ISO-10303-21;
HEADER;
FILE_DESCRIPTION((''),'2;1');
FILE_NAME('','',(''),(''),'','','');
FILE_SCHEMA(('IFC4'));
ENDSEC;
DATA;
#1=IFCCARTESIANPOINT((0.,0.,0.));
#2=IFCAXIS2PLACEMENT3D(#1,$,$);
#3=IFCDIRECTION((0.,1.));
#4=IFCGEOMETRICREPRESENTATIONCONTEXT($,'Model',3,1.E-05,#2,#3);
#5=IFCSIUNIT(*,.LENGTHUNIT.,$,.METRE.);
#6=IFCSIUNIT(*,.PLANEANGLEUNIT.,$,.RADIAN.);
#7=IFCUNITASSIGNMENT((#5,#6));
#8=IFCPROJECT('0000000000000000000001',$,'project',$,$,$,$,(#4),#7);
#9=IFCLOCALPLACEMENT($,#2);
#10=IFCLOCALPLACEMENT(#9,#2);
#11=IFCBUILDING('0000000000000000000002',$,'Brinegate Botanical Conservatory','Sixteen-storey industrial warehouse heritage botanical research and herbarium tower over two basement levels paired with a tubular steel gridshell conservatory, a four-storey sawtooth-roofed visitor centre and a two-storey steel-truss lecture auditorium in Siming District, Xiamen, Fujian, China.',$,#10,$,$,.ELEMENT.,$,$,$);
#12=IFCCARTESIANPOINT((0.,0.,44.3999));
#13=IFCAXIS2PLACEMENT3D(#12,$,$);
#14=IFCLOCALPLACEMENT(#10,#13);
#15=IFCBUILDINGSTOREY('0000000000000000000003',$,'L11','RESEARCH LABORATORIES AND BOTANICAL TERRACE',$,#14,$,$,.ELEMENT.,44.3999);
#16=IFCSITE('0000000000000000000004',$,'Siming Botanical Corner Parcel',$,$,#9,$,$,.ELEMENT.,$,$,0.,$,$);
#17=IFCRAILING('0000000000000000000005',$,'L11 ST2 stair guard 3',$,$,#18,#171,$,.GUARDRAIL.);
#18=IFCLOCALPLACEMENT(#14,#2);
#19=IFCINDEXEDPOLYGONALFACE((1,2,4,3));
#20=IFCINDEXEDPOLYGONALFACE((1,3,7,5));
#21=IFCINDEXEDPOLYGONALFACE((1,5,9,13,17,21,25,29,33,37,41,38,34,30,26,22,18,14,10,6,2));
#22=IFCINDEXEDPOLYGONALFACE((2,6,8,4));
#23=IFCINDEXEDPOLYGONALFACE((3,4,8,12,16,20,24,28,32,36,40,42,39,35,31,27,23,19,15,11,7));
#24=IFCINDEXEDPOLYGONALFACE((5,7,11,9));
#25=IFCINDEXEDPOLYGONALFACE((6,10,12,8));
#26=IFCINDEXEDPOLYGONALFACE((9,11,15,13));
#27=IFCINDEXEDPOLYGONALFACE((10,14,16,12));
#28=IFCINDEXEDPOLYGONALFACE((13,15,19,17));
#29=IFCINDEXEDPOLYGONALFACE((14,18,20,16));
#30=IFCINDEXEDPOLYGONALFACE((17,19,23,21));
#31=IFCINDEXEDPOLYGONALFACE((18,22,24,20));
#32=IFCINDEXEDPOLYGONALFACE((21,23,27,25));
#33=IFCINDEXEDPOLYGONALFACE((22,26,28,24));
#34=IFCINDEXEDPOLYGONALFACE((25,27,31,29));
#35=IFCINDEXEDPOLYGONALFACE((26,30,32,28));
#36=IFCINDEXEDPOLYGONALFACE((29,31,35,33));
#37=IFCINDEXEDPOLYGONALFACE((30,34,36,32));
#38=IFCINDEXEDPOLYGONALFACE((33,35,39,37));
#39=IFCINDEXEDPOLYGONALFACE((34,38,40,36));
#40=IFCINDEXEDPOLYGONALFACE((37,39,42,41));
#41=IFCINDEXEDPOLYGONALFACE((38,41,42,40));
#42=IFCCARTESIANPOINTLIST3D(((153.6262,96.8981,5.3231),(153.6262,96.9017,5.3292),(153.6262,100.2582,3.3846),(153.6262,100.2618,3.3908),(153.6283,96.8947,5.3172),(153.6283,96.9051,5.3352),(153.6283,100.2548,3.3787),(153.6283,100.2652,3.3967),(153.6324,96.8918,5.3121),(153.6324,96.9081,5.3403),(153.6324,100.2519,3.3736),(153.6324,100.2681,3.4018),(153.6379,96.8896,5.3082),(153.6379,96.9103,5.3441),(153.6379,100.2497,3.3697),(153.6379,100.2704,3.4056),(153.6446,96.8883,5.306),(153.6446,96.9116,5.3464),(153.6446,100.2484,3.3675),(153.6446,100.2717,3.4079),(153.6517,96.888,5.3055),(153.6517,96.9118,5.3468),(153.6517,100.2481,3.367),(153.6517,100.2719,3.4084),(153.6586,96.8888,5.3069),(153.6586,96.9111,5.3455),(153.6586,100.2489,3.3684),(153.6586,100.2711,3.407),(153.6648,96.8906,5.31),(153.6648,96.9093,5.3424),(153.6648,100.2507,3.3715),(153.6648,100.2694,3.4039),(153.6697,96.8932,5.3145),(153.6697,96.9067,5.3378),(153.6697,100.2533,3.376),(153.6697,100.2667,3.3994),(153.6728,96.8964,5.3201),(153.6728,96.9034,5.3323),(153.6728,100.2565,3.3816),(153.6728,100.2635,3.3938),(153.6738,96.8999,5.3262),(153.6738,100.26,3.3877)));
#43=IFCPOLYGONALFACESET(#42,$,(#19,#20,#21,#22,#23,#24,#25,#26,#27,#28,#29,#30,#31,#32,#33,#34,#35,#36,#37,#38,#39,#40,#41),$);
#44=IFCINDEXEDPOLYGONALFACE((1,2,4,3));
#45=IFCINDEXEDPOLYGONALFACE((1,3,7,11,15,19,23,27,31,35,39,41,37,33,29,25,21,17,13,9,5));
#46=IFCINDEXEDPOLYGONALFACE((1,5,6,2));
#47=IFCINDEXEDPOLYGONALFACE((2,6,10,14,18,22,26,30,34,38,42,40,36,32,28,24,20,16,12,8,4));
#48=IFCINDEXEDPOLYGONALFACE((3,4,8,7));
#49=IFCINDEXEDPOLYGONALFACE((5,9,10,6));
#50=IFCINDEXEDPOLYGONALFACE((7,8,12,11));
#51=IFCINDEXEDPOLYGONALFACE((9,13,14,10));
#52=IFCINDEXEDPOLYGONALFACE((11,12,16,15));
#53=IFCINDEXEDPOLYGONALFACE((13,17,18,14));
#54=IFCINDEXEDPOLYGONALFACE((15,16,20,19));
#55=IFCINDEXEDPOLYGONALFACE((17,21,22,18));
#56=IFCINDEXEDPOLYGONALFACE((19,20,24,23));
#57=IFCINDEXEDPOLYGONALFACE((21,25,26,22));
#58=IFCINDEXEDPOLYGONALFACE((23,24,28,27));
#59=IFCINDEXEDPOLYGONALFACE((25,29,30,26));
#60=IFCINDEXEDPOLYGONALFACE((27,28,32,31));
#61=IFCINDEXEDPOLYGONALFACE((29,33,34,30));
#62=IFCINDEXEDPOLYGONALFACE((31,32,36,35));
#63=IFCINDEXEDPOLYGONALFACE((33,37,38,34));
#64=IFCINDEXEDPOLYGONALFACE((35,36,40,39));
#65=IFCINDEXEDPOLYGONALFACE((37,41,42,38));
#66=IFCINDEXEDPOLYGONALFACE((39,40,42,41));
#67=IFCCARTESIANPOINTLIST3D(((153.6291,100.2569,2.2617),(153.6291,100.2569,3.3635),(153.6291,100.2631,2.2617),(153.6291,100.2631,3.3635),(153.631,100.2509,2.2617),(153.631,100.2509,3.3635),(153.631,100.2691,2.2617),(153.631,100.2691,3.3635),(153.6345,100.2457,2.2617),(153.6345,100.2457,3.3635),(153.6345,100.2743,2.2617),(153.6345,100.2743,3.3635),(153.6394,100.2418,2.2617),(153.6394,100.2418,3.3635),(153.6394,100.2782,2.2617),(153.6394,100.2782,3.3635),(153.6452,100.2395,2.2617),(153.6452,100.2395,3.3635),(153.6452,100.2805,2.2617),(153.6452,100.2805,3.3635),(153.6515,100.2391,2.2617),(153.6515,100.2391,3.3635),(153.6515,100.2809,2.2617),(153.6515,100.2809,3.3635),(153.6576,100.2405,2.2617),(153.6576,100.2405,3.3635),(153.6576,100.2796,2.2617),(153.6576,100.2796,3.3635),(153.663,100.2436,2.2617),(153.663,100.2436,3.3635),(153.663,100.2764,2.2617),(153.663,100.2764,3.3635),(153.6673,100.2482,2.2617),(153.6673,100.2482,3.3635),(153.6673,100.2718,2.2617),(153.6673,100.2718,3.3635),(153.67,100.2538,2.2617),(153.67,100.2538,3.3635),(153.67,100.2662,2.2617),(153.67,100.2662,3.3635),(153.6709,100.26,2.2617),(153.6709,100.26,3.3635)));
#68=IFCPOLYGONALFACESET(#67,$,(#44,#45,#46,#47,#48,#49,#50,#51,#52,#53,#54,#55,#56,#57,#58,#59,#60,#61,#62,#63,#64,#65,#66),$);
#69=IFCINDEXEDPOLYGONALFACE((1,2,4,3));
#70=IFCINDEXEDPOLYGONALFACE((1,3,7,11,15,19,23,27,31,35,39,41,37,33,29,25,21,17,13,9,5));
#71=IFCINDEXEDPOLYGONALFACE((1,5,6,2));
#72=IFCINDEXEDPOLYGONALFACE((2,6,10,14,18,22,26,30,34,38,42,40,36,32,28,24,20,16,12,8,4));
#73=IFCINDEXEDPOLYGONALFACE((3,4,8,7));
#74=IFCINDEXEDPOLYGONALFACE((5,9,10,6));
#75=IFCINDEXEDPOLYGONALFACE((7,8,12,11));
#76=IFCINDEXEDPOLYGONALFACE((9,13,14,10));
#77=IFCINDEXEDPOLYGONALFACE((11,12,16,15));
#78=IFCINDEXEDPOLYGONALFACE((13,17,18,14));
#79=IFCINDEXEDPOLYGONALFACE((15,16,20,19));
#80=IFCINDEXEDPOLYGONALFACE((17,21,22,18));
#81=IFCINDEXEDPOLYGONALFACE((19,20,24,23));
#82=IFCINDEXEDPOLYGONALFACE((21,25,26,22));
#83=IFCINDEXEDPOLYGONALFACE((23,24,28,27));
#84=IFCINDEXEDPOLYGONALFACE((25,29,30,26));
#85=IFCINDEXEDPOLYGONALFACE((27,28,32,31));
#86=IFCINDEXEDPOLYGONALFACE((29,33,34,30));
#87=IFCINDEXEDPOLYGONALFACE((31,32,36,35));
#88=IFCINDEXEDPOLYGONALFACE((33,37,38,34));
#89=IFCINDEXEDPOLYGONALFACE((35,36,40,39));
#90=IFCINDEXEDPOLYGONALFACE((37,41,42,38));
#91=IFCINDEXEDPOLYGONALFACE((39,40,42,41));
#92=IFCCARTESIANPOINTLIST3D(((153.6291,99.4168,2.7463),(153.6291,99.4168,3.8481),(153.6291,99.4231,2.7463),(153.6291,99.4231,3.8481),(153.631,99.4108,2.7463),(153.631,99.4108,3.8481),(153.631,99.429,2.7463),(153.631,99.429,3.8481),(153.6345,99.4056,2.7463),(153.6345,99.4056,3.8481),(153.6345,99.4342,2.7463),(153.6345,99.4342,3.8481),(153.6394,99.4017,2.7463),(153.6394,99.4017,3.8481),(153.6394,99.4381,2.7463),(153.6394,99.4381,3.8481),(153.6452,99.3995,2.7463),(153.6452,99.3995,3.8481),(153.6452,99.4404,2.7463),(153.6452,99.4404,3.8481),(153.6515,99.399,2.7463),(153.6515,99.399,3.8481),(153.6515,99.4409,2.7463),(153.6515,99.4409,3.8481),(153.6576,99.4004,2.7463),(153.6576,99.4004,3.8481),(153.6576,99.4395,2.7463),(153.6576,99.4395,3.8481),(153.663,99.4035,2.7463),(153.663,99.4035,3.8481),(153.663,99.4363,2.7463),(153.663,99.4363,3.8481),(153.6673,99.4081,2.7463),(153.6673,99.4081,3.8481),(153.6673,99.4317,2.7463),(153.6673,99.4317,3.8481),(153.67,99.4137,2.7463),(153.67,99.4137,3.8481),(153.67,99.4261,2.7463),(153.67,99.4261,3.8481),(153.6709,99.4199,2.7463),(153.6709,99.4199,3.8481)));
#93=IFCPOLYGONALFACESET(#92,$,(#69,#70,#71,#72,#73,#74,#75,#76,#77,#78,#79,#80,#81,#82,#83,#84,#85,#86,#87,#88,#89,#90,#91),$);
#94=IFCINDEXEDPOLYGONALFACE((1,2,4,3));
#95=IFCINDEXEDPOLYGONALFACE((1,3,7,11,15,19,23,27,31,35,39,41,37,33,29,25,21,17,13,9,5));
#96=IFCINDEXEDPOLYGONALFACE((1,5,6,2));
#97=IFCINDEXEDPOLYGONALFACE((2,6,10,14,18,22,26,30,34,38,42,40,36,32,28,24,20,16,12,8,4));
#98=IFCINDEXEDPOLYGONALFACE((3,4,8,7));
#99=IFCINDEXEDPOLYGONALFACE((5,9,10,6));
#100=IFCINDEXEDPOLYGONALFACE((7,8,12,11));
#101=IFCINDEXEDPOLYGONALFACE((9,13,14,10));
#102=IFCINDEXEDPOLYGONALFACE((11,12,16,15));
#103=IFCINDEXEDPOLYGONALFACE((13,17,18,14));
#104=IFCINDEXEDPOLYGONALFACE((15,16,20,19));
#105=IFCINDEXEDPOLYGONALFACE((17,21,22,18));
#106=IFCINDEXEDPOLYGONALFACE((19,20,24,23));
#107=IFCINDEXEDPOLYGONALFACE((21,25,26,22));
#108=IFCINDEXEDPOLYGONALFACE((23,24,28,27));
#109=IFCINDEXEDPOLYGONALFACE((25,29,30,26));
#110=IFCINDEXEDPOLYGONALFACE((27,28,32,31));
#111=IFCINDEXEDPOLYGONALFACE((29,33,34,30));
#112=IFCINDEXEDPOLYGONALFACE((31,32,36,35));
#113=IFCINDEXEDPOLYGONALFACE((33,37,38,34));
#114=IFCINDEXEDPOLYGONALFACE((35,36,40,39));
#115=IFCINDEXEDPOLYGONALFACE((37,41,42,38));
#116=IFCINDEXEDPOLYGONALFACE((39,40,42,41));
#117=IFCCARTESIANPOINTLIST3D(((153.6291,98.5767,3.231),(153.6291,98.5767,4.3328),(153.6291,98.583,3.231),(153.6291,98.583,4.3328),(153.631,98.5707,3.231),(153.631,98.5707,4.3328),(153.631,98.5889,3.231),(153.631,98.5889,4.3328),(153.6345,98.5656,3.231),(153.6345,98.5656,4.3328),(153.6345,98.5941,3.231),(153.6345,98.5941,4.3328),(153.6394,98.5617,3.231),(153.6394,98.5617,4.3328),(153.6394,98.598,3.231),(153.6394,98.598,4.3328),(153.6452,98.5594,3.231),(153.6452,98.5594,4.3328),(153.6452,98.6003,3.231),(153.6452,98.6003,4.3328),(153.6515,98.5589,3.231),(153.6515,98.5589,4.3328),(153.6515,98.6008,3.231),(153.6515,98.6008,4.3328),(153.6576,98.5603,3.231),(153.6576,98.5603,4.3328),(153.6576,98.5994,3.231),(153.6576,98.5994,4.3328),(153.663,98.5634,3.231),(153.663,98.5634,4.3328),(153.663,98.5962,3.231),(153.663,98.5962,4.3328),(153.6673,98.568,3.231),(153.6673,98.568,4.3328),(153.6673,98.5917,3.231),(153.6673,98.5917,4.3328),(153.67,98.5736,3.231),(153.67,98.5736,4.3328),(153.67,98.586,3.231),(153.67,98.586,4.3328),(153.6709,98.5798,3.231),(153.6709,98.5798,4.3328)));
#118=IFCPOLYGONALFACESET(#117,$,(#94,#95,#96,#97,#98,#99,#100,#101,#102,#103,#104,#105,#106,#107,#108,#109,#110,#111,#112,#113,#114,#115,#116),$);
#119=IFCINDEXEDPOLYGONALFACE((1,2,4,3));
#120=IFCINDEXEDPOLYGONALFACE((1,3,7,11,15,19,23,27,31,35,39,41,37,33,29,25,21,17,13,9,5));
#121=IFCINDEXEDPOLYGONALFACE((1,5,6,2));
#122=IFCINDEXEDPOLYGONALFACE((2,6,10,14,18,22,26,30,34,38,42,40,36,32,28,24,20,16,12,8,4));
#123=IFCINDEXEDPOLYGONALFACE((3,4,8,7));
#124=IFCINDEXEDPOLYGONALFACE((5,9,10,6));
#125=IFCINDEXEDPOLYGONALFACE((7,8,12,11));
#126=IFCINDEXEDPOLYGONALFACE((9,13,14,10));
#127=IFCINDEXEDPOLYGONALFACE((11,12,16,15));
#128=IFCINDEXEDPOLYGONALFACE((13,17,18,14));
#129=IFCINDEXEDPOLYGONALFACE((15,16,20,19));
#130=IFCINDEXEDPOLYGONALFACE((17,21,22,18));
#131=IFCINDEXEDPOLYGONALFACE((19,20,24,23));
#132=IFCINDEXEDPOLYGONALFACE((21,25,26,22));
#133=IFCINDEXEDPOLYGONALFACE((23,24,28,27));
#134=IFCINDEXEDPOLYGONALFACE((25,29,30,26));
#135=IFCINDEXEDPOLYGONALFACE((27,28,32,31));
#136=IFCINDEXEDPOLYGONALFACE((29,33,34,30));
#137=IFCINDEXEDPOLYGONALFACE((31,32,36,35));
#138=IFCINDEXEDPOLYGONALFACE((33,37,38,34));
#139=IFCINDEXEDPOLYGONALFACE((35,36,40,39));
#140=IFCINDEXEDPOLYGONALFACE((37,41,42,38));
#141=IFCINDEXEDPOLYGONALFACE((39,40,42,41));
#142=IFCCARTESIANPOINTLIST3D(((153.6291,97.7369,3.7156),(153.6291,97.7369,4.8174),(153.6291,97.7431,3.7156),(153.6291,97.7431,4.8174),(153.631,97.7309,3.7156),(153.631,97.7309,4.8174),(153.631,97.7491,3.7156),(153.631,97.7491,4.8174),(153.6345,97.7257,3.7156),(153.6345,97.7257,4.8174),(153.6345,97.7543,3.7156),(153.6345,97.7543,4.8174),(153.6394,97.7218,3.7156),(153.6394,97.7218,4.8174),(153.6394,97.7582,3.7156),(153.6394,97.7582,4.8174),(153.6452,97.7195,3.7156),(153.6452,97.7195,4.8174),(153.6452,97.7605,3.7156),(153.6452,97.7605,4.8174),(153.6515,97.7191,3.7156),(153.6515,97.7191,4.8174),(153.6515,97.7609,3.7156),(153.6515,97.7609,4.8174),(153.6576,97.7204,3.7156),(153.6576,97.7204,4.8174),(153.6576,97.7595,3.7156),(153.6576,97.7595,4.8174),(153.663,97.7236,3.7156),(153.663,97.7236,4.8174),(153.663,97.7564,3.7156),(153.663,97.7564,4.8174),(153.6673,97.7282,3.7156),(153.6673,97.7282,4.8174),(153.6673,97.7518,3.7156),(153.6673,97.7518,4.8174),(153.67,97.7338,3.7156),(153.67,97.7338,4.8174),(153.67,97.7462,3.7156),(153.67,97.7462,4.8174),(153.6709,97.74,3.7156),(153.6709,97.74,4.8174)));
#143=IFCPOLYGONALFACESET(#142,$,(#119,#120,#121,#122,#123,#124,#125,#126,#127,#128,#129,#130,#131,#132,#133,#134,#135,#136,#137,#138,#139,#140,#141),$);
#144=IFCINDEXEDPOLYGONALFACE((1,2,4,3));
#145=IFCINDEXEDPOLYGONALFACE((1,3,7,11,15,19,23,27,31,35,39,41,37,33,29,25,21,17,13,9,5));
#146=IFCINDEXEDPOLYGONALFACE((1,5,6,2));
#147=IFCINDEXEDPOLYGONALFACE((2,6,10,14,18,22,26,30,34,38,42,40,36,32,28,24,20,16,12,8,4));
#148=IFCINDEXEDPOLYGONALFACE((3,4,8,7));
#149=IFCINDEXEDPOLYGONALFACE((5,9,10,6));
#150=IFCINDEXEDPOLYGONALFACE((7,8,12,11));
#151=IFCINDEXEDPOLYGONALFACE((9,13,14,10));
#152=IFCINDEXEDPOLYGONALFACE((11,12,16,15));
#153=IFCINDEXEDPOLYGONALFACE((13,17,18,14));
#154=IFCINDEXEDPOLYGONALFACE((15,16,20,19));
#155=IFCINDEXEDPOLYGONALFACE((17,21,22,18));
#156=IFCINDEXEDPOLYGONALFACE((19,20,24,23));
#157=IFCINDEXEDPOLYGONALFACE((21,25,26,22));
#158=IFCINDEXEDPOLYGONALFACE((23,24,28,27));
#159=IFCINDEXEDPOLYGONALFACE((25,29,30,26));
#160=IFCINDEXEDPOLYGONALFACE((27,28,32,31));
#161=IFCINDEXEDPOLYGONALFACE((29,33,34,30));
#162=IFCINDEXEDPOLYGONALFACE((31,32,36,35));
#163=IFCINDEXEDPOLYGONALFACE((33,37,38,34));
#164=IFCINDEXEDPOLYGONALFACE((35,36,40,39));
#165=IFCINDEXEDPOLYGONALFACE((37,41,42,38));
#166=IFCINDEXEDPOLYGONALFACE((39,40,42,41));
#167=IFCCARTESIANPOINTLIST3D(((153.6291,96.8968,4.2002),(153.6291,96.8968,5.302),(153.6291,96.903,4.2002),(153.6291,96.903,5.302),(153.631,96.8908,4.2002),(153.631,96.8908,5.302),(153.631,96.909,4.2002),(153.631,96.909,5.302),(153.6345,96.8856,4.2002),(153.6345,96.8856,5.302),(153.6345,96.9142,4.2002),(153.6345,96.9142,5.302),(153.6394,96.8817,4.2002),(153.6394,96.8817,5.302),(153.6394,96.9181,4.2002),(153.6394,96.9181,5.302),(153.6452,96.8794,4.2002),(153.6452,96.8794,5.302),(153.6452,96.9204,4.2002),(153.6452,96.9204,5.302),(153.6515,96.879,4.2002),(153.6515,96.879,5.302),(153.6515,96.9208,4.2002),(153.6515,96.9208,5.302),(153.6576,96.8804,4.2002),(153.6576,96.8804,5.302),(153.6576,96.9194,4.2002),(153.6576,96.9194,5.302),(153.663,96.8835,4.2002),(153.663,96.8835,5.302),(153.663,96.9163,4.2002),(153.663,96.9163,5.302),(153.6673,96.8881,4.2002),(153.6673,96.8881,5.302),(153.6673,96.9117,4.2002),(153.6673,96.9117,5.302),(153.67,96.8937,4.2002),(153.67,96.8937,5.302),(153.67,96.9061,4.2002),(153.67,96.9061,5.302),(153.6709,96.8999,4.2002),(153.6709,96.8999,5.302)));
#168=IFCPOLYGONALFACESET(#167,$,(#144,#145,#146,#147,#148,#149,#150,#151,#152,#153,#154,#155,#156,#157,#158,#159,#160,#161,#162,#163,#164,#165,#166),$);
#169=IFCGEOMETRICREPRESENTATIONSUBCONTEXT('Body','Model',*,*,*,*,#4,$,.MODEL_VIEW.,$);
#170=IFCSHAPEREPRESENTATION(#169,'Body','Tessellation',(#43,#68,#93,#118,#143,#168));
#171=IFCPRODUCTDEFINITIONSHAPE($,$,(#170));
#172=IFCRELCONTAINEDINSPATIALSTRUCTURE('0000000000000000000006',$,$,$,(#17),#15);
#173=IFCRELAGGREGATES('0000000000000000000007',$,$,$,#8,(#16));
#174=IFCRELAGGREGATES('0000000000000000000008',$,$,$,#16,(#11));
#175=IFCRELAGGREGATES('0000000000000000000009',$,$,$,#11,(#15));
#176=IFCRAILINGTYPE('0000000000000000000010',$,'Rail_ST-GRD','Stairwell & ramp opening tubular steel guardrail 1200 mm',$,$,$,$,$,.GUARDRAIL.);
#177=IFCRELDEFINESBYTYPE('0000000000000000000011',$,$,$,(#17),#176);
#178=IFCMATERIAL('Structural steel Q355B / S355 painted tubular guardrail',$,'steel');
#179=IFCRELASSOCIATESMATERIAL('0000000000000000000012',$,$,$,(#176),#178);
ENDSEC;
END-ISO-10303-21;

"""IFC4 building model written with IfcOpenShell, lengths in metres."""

from ifc_helpers import new_model, si_unit, direction, frame, origin, origin_2d, place, context, subcontext, project, spatial, circle, extrude, material, type_object, element, save


model = new_model("IFC4")

# Units and contexts
model_context = context("Model", 3, precision=1e-05, world=origin(), true_north=direction((0.0, 1.0)))
body_context = subcontext(model_context, "Body", "Model", "MODEL_VIEW")
ifc_project = project(units=[si_unit("LENGTHUNIT", "METRE"), si_unit("PLANEANGLEUNIT", "RADIAN")], contexts=[model_context])

# Site, building, storey
site_placement = place(None, origin())
site = spatial("IfcSite", under=ifc_project, at=site_placement, Name="Siming Botanical Corner Parcel", CompositionType="ELEMENT", RefElevation=0.0)
building_placement = place(site_placement, origin())
building = spatial("IfcBuilding", under=site, at=building_placement, Name="Brinegate Botanical Conservatory", Description="Sixteen-storey industrial warehouse heritage botanical research and herbarium tower over two basement levels paired with a tubular steel gridshell conservatory, a four-storey sawtooth-roofed visitor centre and a two-storey steel-truss lecture auditorium in Siming District, Xiamen, Fujian, China.", CompositionType="ELEMENT")
storey_placement = place(building_placement, frame((0.0, 0.0, 44.3999)))
storey = spatial("IfcBuildingStorey", under=building, at=storey_placement, Name="L11", Description="RESEARCH LABORATORIES AND BOTANICAL TERRACE", CompositionType="ELEMENT", Elevation=44.3999)

# Railing
ifc_material_1 = material(Name="Structural steel Q355B / S355 painted tubular guardrail", Category="steel")
railing_type_1 = type_object("IfcRailingType", Name="Rail_ST-GRD", Description="Stairwell & ramp opening tubular steel guardrail 1200 mm", PredefinedType="GUARDRAIL", material=ifc_material_1)
railing_1_placement = place(storey_placement, frame((153.6499, 100.26, 2.2617)))
element("IfcRailing", 1, at=railing_1_placement, inside=storey, type_object=railing_type_1, Name="L11 ST2 stair guard 3", PredefinedType="GUARDRAIL", context=body_context, shape_type="SweptSolid", body=[
    extrude(circle(Radius=0.0239, at=origin_2d()), frame((0.0, 0.0, 1.126), z_axis=(0.0, -0.866191, 0.499713), x_axis=(1.0, 0.0, 0.0)), (0.0, 0.0, 1.0), 3.8792),
    extrude(circle(Radius=0.021, at=origin_2d()), origin(), (0.0, 0.0, 1.0), 1.1018),
    extrude(circle(Radius=0.021, at=origin_2d()), frame((0.0, -0.8401, 0.4846)), (0.0, 0.0, 1.0), 1.1018),
    extrude(circle(Radius=0.021, at=origin_2d()), frame((0.0, -1.6802, 0.9692)), (0.0, 0.0, 1.0), 1.1018),
    extrude(circle(Radius=0.021, at=origin_2d()), frame((0.0, -2.52, 1.4539)), (0.0, 0.0, 1.0), 1.1018),
    extrude(circle(Radius=0.021, at=origin_2d()), frame((0.0, -3.3601, 1.9385)), (0.0, 0.0, 1.0), 1.1018),
])

save(model, "model.ifc")
